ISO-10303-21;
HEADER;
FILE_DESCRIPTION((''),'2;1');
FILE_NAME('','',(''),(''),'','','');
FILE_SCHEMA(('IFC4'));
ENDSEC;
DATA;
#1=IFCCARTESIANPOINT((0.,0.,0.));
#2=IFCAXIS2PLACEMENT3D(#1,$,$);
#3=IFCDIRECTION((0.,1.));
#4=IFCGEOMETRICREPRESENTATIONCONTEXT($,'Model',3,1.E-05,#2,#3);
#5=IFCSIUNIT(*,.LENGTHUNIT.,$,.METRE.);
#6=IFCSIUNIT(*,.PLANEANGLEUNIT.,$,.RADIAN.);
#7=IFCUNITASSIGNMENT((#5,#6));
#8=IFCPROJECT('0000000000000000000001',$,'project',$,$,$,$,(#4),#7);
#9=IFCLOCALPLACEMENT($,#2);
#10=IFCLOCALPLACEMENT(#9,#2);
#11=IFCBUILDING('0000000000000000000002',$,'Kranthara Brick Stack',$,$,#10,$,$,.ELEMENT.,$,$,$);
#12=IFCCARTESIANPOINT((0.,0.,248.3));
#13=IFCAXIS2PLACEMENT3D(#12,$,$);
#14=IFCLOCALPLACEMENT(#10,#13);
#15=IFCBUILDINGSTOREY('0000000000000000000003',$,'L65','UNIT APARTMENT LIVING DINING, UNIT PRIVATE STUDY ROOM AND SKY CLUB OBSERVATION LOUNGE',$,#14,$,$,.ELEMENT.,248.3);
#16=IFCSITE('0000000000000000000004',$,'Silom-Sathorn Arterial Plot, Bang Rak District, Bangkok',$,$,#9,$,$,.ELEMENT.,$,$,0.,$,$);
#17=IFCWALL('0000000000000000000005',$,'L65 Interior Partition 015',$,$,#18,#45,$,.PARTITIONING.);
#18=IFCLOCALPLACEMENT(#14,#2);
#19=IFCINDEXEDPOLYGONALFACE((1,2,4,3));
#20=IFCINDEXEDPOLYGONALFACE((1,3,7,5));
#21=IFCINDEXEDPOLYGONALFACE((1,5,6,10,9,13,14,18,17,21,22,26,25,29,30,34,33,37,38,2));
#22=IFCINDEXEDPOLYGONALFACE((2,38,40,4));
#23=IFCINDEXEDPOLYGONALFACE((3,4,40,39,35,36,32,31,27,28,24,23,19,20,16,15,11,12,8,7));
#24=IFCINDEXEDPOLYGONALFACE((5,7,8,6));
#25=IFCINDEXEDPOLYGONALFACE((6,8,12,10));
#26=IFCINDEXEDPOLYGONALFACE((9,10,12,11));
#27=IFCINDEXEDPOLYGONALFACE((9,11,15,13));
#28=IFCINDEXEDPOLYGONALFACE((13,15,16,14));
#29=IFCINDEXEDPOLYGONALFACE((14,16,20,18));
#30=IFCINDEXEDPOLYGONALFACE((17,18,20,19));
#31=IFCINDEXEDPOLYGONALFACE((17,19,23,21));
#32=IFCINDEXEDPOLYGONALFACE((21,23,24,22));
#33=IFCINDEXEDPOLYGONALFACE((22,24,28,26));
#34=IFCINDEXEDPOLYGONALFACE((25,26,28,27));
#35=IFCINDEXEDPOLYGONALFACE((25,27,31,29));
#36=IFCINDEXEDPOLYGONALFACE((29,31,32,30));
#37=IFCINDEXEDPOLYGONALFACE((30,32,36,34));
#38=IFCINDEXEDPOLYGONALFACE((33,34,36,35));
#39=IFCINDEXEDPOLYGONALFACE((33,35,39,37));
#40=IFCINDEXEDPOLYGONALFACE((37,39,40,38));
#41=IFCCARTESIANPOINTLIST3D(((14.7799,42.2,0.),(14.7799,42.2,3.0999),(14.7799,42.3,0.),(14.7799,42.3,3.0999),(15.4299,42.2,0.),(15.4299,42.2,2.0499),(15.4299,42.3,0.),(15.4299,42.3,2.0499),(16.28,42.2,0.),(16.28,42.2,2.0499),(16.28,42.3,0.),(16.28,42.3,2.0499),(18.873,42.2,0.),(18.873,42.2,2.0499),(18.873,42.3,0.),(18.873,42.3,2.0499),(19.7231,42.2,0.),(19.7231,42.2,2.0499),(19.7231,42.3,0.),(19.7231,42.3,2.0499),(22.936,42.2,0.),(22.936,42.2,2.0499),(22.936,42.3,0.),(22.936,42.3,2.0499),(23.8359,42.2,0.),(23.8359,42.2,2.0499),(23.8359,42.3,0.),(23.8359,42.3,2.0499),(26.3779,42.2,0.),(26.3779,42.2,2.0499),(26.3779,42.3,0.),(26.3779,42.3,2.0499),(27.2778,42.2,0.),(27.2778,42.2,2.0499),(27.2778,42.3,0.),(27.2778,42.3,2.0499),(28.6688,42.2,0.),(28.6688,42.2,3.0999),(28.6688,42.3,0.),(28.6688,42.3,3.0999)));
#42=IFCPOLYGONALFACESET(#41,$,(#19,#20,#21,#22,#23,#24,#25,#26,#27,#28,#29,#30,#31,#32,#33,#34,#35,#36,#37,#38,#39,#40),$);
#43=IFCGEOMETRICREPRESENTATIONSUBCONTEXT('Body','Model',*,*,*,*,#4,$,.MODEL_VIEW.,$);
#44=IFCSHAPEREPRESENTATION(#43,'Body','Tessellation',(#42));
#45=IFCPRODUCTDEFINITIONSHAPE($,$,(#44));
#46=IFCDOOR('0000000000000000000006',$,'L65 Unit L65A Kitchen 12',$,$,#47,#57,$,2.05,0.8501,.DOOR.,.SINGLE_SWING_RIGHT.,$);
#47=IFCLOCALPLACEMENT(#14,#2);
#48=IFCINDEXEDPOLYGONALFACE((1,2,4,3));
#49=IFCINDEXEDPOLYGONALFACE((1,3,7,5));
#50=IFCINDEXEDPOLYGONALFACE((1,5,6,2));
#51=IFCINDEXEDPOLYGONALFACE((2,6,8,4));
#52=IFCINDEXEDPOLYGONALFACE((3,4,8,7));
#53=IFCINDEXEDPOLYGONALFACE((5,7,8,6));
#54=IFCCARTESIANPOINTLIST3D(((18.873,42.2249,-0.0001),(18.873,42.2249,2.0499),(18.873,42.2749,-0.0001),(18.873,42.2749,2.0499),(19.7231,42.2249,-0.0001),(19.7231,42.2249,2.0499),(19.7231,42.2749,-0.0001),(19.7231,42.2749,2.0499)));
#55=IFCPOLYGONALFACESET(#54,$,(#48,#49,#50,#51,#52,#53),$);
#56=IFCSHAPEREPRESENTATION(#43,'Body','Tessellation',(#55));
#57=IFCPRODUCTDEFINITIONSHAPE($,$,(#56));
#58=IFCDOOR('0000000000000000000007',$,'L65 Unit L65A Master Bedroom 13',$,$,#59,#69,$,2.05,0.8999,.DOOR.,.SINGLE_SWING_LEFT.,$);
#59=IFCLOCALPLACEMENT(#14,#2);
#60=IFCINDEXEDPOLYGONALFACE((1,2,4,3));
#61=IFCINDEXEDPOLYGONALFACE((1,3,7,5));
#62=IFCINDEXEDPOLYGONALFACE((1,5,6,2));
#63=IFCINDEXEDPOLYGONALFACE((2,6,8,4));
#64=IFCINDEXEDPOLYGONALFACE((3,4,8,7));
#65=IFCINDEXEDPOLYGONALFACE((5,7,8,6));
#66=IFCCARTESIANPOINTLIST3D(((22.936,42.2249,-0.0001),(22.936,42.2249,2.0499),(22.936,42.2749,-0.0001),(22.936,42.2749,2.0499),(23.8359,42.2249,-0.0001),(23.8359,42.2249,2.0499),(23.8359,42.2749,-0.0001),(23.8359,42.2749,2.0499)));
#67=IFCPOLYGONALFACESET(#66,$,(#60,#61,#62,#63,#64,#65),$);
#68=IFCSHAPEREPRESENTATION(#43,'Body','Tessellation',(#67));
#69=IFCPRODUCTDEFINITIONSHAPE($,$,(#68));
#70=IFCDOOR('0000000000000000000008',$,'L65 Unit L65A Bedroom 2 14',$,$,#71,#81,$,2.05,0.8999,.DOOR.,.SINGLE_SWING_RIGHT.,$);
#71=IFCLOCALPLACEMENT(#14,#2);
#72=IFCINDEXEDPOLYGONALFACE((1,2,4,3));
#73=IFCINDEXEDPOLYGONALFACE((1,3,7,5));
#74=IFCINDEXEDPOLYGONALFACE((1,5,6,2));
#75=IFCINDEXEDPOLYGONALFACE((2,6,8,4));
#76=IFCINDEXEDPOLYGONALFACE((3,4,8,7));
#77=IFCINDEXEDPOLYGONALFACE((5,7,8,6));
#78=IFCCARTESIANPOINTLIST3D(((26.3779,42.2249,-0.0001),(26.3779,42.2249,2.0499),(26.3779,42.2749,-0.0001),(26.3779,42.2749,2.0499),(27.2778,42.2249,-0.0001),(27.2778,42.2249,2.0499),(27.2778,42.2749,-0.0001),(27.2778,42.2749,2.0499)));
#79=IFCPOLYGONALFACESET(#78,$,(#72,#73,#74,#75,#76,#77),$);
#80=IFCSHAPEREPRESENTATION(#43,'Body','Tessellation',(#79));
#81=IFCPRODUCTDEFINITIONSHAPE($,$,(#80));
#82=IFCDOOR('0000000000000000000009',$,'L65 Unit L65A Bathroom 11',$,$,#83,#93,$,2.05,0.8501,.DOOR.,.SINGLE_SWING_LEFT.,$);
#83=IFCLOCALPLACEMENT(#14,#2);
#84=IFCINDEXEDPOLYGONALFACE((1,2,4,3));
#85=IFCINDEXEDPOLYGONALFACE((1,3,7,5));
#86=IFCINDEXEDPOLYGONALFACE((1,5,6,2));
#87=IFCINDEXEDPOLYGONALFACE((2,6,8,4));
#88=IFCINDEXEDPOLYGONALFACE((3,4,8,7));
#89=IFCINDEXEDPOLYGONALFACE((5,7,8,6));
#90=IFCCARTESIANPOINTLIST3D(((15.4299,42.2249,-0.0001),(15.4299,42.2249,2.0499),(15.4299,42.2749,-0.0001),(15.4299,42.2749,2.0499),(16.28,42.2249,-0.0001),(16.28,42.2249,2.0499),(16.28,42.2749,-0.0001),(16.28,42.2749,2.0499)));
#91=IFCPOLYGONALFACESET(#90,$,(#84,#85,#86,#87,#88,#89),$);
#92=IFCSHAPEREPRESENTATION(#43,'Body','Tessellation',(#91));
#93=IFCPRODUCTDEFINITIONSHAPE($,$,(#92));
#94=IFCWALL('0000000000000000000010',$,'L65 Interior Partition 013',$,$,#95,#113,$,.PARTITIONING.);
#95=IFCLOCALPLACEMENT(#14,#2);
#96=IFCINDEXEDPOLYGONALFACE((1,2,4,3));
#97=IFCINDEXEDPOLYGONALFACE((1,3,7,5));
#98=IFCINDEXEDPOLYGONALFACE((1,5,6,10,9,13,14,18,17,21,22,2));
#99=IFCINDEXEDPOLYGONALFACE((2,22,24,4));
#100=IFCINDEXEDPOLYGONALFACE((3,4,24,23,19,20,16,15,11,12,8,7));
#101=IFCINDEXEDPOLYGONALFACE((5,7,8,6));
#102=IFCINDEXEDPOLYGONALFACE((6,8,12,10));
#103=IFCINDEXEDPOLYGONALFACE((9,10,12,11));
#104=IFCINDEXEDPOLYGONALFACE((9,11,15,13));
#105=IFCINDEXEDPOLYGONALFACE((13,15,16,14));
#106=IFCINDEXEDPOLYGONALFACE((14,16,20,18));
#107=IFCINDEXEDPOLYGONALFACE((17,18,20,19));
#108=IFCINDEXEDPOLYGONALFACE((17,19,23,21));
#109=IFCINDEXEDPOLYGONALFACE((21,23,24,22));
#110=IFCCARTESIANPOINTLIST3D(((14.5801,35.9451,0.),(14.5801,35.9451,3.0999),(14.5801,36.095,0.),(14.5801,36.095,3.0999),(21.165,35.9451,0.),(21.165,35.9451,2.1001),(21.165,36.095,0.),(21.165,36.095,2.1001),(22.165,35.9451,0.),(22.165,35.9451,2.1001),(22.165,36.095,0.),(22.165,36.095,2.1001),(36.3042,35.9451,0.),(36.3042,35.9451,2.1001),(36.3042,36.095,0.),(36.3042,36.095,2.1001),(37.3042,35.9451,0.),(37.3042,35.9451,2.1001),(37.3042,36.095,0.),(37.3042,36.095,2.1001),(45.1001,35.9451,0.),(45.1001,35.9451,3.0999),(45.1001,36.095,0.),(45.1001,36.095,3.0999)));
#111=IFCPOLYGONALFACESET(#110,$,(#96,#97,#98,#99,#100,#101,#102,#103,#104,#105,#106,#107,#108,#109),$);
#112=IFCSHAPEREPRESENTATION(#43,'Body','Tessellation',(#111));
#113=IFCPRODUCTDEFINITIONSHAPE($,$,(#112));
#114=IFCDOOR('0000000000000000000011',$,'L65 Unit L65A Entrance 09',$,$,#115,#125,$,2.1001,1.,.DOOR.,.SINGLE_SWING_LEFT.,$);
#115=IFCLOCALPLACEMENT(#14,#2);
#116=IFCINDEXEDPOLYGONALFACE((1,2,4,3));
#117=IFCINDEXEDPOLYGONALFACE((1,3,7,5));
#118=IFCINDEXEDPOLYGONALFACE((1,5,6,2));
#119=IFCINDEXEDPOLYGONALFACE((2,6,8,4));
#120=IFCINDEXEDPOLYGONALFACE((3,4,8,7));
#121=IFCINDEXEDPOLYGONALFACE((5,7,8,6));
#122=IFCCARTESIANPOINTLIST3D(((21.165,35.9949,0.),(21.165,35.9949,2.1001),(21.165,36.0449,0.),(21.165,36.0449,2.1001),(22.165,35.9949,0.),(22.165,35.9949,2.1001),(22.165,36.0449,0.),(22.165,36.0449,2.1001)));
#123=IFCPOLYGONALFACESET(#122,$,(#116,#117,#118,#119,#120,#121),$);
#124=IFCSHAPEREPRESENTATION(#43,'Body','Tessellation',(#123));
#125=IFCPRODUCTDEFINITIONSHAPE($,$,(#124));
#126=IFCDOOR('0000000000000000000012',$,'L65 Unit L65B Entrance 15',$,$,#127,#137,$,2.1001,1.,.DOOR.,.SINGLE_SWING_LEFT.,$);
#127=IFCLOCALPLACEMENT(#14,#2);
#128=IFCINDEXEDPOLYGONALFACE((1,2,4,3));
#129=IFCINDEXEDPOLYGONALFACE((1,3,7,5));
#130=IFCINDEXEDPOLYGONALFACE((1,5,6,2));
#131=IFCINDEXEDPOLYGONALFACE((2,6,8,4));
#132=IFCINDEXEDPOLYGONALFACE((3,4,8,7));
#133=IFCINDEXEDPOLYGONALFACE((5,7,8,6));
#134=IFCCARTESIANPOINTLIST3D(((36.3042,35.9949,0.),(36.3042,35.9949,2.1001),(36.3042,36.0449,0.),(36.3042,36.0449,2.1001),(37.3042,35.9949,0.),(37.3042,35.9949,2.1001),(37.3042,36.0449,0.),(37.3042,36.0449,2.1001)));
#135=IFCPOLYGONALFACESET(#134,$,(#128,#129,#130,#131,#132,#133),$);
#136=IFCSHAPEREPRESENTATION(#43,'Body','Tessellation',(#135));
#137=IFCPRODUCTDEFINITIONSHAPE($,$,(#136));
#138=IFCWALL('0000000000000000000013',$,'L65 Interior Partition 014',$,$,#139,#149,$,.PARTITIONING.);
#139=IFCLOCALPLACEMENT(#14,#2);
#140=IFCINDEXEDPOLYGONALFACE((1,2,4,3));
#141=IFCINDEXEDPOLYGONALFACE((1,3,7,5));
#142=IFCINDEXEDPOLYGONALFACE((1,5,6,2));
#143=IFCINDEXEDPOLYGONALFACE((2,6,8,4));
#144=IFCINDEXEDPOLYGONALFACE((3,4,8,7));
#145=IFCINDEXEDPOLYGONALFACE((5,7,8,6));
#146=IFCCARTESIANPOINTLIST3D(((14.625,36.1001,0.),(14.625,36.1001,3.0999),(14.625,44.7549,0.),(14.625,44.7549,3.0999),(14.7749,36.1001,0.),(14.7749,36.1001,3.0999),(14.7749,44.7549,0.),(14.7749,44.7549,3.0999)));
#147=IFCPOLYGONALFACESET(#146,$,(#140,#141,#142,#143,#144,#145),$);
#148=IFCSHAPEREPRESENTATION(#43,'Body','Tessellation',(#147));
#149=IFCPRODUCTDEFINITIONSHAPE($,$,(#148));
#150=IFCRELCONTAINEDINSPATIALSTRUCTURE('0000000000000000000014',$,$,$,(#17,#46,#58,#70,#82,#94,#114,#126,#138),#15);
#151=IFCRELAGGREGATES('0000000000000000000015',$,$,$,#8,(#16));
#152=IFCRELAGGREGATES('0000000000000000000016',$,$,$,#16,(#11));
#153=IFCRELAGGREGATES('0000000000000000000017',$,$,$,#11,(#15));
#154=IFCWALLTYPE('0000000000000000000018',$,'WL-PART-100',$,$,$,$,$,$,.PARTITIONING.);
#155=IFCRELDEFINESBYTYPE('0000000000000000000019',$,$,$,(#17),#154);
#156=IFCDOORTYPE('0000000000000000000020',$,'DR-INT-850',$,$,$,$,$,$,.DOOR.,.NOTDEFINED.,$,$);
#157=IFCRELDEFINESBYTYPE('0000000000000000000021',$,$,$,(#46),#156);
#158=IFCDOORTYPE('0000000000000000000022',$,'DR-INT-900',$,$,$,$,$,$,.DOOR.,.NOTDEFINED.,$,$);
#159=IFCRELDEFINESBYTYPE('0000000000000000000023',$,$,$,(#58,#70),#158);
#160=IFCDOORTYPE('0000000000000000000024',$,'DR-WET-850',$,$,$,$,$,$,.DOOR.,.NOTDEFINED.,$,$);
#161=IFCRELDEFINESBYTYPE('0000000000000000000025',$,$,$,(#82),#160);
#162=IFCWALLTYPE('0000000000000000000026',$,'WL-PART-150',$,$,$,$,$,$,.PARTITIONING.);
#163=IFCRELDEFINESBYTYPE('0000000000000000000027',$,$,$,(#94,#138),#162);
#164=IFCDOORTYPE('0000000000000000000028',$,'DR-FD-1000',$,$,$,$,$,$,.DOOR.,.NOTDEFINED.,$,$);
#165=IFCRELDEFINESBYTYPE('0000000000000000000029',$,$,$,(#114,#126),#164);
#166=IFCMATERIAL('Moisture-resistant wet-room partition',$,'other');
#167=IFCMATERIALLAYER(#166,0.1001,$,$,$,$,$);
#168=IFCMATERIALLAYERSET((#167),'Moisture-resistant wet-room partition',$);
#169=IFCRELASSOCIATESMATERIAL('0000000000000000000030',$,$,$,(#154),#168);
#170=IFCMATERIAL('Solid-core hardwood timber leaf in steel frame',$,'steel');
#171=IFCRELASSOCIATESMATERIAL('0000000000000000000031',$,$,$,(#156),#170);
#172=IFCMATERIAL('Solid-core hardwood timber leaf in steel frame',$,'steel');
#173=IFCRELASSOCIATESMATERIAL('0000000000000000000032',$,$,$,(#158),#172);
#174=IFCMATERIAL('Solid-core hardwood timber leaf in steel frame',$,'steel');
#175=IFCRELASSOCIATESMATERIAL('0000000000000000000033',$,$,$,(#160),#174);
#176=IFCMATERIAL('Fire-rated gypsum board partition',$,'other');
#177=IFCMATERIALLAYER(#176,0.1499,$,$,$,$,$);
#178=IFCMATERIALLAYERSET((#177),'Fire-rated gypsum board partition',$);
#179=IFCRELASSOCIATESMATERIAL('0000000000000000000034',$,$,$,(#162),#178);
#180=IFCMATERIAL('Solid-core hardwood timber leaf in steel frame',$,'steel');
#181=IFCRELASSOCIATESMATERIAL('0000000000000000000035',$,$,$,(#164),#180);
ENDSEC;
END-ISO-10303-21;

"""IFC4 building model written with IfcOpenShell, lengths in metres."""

from ifc_helpers import new_model, si_unit, direction, frame, frame_2d, origin, place, context, subcontext, project, spatial, rectangle, extrude, material, layer, layer_set, type_object, element, fill, save


model = new_model("IFC4")

# Units and contexts
model_context = context("Model", 3, precision=1e-05, world=origin(), true_north=direction((0.0, 1.0)))
body_context = subcontext(model_context, "Body", "Model", "MODEL_VIEW")
ifc_project = project(units=[si_unit("LENGTHUNIT", "METRE"), si_unit("PLANEANGLEUNIT", "RADIAN")], contexts=[model_context])

# Site, building, storey
site_placement = place(None, origin())
site = spatial("IfcSite", under=ifc_project, at=site_placement, Name="Silom-Sathorn Arterial Plot, Bang Rak District, Bangkok", CompositionType="ELEMENT", RefElevation=0.0)
building_placement = place(site_placement, origin())
building = spatial("IfcBuilding", under=site, at=building_placement, Name="Kranthara Brick Stack", CompositionType="ELEMENT")
storey_placement = place(building_placement, frame((0.0, 0.0, 248.3)))
storey = spatial("IfcBuildingStorey", under=building, at=storey_placement, Name="L65", Description="UNIT APARTMENT LIVING DINING, UNIT PRIVATE STUDY ROOM AND SKY CLUB OBSERVATION LOUNGE", CompositionType="ELEMENT", Elevation=248.3)

# Walls, openings, doors
ifc_material_1 = material(Name="Moisture-resistant wet-room partition", Category="other")
ifc_layer_1 = layer(ifc_material_1, 0.1001)
ifc_layer_set_1 = layer_set([ifc_layer_1], Name="Moisture-resistant wet-room partition")
wall_type_1 = type_object("IfcWallType", Name="WL-PART-100", PredefinedType="PARTITIONING", material=ifc_layer_set_1)
wall_1_placement = place(storey_placement, frame((14.78, 42.25, 0.0), z_axis=(0.0, 0.0, 1.0), x_axis=(1.0, 0.0, 0.0)))
wall_1 = element("IfcWall", 1, at=wall_1_placement, inside=storey, type_object=wall_type_1, Name="L65 Interior Partition 015", PredefinedType="PARTITIONING", context=body_context, shape_type="SweptSolid", body=[
    extrude(rectangle(XDim=13.8889, YDim=0.1001, at=frame_2d((6.9443, 0.0))), origin(), (0.0, 0.0, 1.0), 3.0999),
])
opening_1_placement = place(wall_1_placement, frame((0.6499, 0.0, 0.0)))
opening_1 = element("IfcOpeningElement", 2, at=opening_1_placement, cuts=wall_1, PredefinedType="OPENING", context=body_context, shape_type="SweptSolid", body=[
    extrude(rectangle(XDim=0.8501, YDim=2.05, at=frame_2d((0.425, 1.0249))), frame((0.0, 0.0601, 0.0), z_axis=(0.0, -1.0, 0.0), x_axis=(1.0, 0.0, 0.0)), (0.0, 0.0, 1.0), 0.1201),
])
opening_2_placement = place(wall_1_placement, frame((4.093, 0.0, 0.0)))
opening_2 = element("IfcOpeningElement", 3, at=opening_2_placement, cuts=wall_1, PredefinedType="OPENING", context=body_context, shape_type="SweptSolid", body=[
    extrude(rectangle(XDim=0.8501, YDim=2.05, at=frame_2d((0.425, 1.0249))), frame((0.0, 0.0601, 0.0), z_axis=(0.0, -1.0, 0.0), x_axis=(1.0, 0.0, 0.0)), (0.0, 0.0, 1.0), 0.1201),
])
opening_3_placement = place(wall_1_placement, frame((8.156, 0.0, 0.0)))
opening_3 = element("IfcOpeningElement", 4, at=opening_3_placement, cuts=wall_1, PredefinedType="OPENING", context=body_context, shape_type="SweptSolid", body=[
    extrude(rectangle(XDim=0.8999, YDim=2.05, at=frame_2d((0.45, 1.0249))), frame((0.0, 0.0601, 0.0), z_axis=(0.0, -1.0, 0.0), x_axis=(1.0, 0.0, 0.0)), (0.0, 0.0, 1.0), 0.1201),
])
opening_4_placement = place(wall_1_placement, frame((11.5979, 0.0, 0.0)))
opening_4 = element("IfcOpeningElement", 5, at=opening_4_placement, cuts=wall_1, PredefinedType="OPENING", context=body_context, shape_type="SweptSolid", body=[
    extrude(rectangle(XDim=0.8999, YDim=2.05, at=frame_2d((0.45, 1.0249))), frame((0.0, 0.0601, 0.0), z_axis=(0.0, -1.0, 0.0), x_axis=(1.0, 0.0, 0.0)), (0.0, 0.0, 1.0), 0.1201),
])
ifc_material_2 = material(Name="Solid-core hardwood timber leaf in steel frame", Category="steel")
door_type_1 = type_object("IfcDoorType", Name="DR-INT-850", OperationType="NOTDEFINED", PredefinedType="DOOR", material=ifc_material_2)
door_1_placement = place(opening_2_placement, origin())
door_1 = element("IfcDoor", 6, at=door_1_placement, inside=storey, type_object=door_type_1, Name="L65 Unit L65A Kitchen 12", OperationType="SINGLE_SWING_RIGHT", OverallHeight=2.05, OverallWidth=0.8501, PredefinedType="DOOR", context=body_context, shape_type="SweptSolid", body=[
    extrude(rectangle(XDim=0.8501, YDim=2.05, at=frame_2d((0.425, 1.0249))), frame((0.0, 0.0249, 0.0), z_axis=(0.0, -1.0, 0.0), x_axis=(1.0, 0.0, 0.0)), (0.0, 0.0, 1.0), 0.05),
])
fill(opening_2, door_1)
ifc_material_3 = material(Name="Solid-core hardwood timber leaf in steel frame", Category="steel")
door_type_2 = type_object("IfcDoorType", Name="DR-INT-900", OperationType="NOTDEFINED", PredefinedType="DOOR", material=ifc_material_3)
door_2_placement = place(opening_3_placement, origin())
door_2 = element("IfcDoor", 7, at=door_2_placement, inside=storey, type_object=door_type_2, Name="L65 Unit L65A Master Bedroom 13", OperationType="SINGLE_SWING_LEFT", OverallHeight=2.05, OverallWidth=0.8999, PredefinedType="DOOR", context=body_context, shape_type="SweptSolid", body=[
    extrude(rectangle(XDim=0.8999, YDim=2.05, at=frame_2d((0.45, 1.0249))), frame((0.0, 0.0249, 0.0), z_axis=(0.0, -1.0, 0.0), x_axis=(1.0, 0.0, 0.0)), (0.0, 0.0, 1.0), 0.05),
])
fill(opening_3, door_2)
door_3_placement = place(opening_4_placement, origin())
door_3 = element("IfcDoor", 8, at=door_3_placement, inside=storey, type_object=door_type_2, Name="L65 Unit L65A Bedroom 2 14", OperationType="SINGLE_SWING_RIGHT", OverallHeight=2.05, OverallWidth=0.8999, PredefinedType="DOOR", context=body_context, shape_type="SweptSolid", body=[
    extrude(rectangle(XDim=0.8999, YDim=2.05, at=frame_2d((0.45, 1.0249))), frame((0.0, 0.0249, 0.0), z_axis=(0.0, -1.0, 0.0), x_axis=(1.0, 0.0, 0.0)), (0.0, 0.0, 1.0), 0.05),
])
fill(opening_4, door_3)
ifc_material_4 = material(Name="Solid-core hardwood timber leaf in steel frame", Category="steel")
door_type_3 = type_object("IfcDoorType", Name="DR-WET-850", OperationType="NOTDEFINED", PredefinedType="DOOR", material=ifc_material_4)
door_4_placement = place(opening_1_placement, origin())
door_4 = element("IfcDoor", 9, at=door_4_placement, inside=storey, type_object=door_type_3, Name="L65 Unit L65A Bathroom 11", OperationType="SINGLE_SWING_LEFT", OverallHeight=2.05, OverallWidth=0.8501, PredefinedType="DOOR", context=body_context, shape_type="SweptSolid", body=[
    extrude(rectangle(XDim=0.8501, YDim=2.05, at=frame_2d((0.425, 1.0249))), frame((0.0, 0.0249, 0.0), z_axis=(0.0, -1.0, 0.0), x_axis=(1.0, 0.0, 0.0)), (0.0, 0.0, 1.0), 0.05),
])
fill(opening_1, door_4)
ifc_material_5 = material(Name="Fire-rated gypsum board partition", Category="other")
ifc_layer_2 = layer(ifc_material_5, 0.1499)
ifc_layer_set_2 = layer_set([ifc_layer_2], Name="Fire-rated gypsum board partition")
wall_type_2 = type_object("IfcWallType", Name="WL-PART-150", PredefinedType="PARTITIONING", material=ifc_layer_set_2)
wall_2_placement = place(storey_placement, frame((14.5801, 36.02, 0.0), z_axis=(0.0, 0.0, 1.0), x_axis=(1.0, 0.0, 0.0)))
wall_2 = element("IfcWall", 10, at=wall_2_placement, inside=storey, type_object=wall_type_2, Name="L65 Interior Partition 013", PredefinedType="PARTITIONING", context=body_context, shape_type="SweptSolid", body=[
    extrude(rectangle(XDim=30.52, YDim=0.1499, at=frame_2d((15.26, 0.0))), origin(), (0.0, 0.0, 1.0), 3.0999),
])
opening_5_placement = place(wall_2_placement, frame((6.585, 0.0, 0.0)))
opening_5 = element("IfcOpeningElement", 11, at=opening_5_placement, cuts=wall_2, PredefinedType="OPENING", context=body_context, shape_type="SweptSolid", body=[
    extrude(rectangle(XDim=1.0, YDim=2.1001, at=frame_2d((0.5, 1.05))), frame((0.0, 0.085, 0.0), z_axis=(0.0, -1.0, 0.0), x_axis=(1.0, 0.0, 0.0)), (0.0, 0.0, 1.0), 0.1699),
])
opening_6_placement = place(wall_2_placement, frame((21.7241, 0.0, 0.0)))
opening_6 = element("IfcOpeningElement", 12, at=opening_6_placement, cuts=wall_2, PredefinedType="OPENING", context=body_context, shape_type="SweptSolid", body=[
    extrude(rectangle(XDim=1.0, YDim=2.1001, at=frame_2d((0.5, 1.05))), frame((0.0, 0.085, 0.0), z_axis=(0.0, -1.0, 0.0), x_axis=(1.0, 0.0, 0.0)), (0.0, 0.0, 1.0), 0.1699),
])
ifc_material_6 = material(Name="Solid-core hardwood timber leaf in steel frame", Category="steel")
door_type_4 = type_object("IfcDoorType", Name="DR-FD-1000", OperationType="NOTDEFINED", PredefinedType="DOOR", material=ifc_material_6)
door_5_placement = place(opening_5_placement, origin())
door_5 = element("IfcDoor", 13, at=door_5_placement, inside=storey, type_object=door_type_4, Name="L65 Unit L65A Entrance 09", OperationType="SINGLE_SWING_LEFT", OverallHeight=2.1001, OverallWidth=1.0, PredefinedType="DOOR", context=body_context, shape_type="SweptSolid", body=[
    extrude(rectangle(XDim=1.0, YDim=2.1001, at=frame_2d((0.5, 1.05))), frame((0.0, 0.0249, 0.0), z_axis=(0.0, -1.0, 0.0), x_axis=(1.0, 0.0, 0.0)), (0.0, 0.0, 1.0), 0.05),
])
fill(opening_5, door_5)
door_6_placement = place(opening_6_placement, origin())
door_6 = element("IfcDoor", 14, at=door_6_placement, inside=storey, type_object=door_type_4, Name="L65 Unit L65B Entrance 15", OperationType="SINGLE_SWING_LEFT", OverallHeight=2.1001, OverallWidth=1.0, PredefinedType="DOOR", context=body_context, shape_type="SweptSolid", body=[
    extrude(rectangle(XDim=1.0, YDim=2.1001, at=frame_2d((0.5, 1.05))), frame((0.0, 0.0249, 0.0), z_axis=(0.0, -1.0, 0.0), x_axis=(1.0, 0.0, 0.0)), (0.0, 0.0, 1.0), 0.05),
])
fill(opening_6, door_6)

# Wall
wall_3_placement = place(storey_placement, frame((14.7, 36.1001, 0.0), z_axis=(0.0, 0.0, 1.0), x_axis=(0.0, 1.0, 0.0)))
element("IfcWall", 15, at=wall_3_placement, inside=storey, type_object=wall_type_2, Name="L65 Interior Partition 014", PredefinedType="PARTITIONING", context=body_context, shape_type="SweptSolid", body=[
    extrude(rectangle(XDim=8.6548, YDim=0.1499, at=frame_2d((4.3274, 0.0))), origin(), (0.0, 0.0, 1.0), 3.0999),
])

save(model, "model.ifc")
